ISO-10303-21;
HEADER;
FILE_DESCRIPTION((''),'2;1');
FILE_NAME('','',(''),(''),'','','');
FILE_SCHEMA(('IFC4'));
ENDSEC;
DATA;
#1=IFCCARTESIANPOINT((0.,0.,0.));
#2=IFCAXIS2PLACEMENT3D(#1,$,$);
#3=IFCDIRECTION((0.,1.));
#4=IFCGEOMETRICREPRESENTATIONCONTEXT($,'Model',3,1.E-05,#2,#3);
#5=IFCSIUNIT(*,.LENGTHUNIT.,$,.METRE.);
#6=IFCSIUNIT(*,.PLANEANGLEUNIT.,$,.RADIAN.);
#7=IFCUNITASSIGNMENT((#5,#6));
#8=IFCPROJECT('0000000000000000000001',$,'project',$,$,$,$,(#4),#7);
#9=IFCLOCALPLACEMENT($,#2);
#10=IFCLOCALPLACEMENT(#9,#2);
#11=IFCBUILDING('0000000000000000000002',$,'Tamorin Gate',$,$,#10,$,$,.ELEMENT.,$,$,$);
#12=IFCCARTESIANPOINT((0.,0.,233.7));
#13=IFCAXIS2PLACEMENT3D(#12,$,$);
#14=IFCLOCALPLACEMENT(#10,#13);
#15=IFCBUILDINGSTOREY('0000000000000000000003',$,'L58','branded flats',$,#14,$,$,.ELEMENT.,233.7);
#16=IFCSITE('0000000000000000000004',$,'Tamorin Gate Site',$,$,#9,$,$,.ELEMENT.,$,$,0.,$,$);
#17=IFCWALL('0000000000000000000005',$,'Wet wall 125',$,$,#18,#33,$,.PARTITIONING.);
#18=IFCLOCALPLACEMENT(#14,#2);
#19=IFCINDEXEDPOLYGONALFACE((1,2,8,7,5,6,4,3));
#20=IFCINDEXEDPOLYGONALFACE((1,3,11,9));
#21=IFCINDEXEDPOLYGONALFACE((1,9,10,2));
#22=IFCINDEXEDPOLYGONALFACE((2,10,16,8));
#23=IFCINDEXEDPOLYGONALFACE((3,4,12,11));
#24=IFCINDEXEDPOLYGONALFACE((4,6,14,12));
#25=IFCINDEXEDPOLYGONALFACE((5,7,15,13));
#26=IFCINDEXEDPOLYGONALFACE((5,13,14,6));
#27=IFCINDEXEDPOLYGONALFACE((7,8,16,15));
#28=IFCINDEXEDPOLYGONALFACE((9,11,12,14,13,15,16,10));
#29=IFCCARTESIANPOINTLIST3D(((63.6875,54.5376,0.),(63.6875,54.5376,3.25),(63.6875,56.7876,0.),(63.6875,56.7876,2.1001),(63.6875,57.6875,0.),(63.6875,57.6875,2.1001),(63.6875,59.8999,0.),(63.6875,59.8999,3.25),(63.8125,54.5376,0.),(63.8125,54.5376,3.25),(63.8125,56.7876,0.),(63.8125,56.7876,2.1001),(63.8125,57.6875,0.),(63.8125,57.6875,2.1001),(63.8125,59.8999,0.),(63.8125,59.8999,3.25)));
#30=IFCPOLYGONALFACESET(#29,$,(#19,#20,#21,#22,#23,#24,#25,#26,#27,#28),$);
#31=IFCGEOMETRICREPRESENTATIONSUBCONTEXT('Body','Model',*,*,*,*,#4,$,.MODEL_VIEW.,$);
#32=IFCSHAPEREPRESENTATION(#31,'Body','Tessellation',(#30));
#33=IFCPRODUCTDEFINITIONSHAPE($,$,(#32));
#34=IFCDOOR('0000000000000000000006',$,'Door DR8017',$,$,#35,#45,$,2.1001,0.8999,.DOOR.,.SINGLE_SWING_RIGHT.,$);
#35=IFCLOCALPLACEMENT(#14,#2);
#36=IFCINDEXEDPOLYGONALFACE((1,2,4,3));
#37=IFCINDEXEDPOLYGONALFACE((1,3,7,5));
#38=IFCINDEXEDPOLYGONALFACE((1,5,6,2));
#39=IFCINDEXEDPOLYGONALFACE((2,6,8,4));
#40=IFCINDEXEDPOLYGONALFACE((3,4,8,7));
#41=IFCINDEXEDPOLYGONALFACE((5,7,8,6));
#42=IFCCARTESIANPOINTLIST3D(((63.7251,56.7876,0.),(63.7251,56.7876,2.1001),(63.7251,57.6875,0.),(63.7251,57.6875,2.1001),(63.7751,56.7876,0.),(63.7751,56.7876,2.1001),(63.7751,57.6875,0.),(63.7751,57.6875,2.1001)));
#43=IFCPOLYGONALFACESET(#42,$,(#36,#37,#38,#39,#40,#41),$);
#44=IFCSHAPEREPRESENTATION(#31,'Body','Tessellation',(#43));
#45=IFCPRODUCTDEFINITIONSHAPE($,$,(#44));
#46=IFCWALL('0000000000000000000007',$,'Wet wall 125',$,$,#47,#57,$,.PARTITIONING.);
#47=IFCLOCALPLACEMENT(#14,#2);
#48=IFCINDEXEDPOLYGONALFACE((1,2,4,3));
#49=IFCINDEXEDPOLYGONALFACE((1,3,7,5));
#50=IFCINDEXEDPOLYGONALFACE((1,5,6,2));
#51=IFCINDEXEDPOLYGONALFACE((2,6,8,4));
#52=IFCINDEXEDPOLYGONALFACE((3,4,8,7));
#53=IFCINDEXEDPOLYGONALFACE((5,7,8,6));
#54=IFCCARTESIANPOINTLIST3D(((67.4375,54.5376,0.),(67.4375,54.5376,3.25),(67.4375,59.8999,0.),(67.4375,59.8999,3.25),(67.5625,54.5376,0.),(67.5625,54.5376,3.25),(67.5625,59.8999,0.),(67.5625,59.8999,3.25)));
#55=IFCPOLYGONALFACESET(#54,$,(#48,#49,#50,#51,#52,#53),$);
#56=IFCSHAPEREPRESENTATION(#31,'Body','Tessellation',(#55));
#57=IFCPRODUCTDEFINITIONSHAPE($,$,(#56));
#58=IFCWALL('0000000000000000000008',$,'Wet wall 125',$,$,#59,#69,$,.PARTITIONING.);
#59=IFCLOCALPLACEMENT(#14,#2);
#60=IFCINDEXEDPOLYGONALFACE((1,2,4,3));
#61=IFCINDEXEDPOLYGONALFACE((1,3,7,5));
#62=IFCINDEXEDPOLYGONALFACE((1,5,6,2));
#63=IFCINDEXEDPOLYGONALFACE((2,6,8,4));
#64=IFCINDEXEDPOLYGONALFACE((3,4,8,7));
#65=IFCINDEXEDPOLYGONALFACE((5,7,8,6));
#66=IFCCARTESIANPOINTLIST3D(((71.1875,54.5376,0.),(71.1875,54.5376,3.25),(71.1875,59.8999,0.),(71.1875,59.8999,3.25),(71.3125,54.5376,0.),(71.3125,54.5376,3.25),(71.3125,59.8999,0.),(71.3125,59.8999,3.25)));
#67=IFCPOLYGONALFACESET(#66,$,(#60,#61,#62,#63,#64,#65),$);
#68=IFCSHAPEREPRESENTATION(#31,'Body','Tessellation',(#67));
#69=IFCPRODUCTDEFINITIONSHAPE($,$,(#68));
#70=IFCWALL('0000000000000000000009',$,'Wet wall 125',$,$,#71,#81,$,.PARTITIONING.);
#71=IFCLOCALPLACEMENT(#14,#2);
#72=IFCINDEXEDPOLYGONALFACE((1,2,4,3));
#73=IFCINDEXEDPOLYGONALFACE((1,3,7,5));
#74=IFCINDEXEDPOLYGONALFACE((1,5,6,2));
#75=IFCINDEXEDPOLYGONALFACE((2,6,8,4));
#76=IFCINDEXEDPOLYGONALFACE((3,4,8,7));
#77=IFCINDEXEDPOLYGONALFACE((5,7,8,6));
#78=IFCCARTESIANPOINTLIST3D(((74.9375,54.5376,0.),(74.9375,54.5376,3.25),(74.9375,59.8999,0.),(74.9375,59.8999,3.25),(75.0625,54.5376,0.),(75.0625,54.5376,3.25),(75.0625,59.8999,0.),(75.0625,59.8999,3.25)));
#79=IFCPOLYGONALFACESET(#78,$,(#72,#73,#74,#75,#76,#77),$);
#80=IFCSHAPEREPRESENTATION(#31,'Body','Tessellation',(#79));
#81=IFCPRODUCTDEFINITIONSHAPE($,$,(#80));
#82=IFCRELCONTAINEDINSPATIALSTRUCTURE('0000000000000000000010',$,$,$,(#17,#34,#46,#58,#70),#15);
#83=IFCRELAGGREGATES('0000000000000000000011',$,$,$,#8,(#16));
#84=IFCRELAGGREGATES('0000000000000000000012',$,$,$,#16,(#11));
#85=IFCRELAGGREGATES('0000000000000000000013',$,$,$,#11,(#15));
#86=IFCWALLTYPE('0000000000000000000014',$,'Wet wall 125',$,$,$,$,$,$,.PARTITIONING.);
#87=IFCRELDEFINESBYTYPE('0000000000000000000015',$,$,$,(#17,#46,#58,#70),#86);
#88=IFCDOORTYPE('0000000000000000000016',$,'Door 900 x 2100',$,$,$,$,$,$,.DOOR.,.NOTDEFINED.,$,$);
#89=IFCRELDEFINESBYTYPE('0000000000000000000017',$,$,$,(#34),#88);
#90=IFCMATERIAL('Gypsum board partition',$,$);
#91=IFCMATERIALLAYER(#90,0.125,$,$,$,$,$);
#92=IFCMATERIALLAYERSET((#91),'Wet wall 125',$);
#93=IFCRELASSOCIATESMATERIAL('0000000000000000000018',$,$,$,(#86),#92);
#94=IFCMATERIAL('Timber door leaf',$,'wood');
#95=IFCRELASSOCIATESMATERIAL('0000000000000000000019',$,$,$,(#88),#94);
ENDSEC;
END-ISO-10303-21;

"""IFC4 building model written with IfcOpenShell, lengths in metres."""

from ifc_helpers import new_model, si_unit, direction, frame, frame_2d, origin, place, context, subcontext, project, spatial, rectangle, extrude, material, layer, layer_set, type_object, element, fill, save


model = new_model("IFC4")

# Units and contexts
model_context = context("Model", 3, precision=1e-05, world=origin(), true_north=direction((0.0, 1.0)))
body_context = subcontext(model_context, "Body", "Model", "MODEL_VIEW")
ifc_project = project(units=[si_unit("LENGTHUNIT", "METRE"), si_unit("PLANEANGLEUNIT", "RADIAN")], contexts=[model_context])

# Site, building, storey
site_placement = place(None, origin())
site = spatial("IfcSite", under=ifc_project, at=site_placement, Name="Tamorin Gate Site", CompositionType="ELEMENT", RefElevation=0.0)
building_placement = place(site_placement, origin())
building = spatial("IfcBuilding", under=site, at=building_placement, Name="Tamorin Gate", CompositionType="ELEMENT")
storey_placement = place(building_placement, frame((0.0, 0.0, 233.7)))
storey = spatial("IfcBuildingStorey", under=building, at=storey_placement, Name="L58", Description="branded flats", CompositionType="ELEMENT", Elevation=233.7)

# Shared definitions
ifc_material_1 = material(Name="Gypsum board partition")
ifc_material_2 = material(Name="Timber door leaf", Category="wood")

# Shared definitions
ifc_layer_1 = layer(ifc_material_1, 0.125)
ifc_layer_set_1 = layer_set([ifc_layer_1], Name="Wet wall 125")
wall_type_1 = type_object("IfcWallType", Name="Wet wall 125", PredefinedType="PARTITIONING", material=ifc_layer_set_1)
door_type_1 = type_object("IfcDoorType", Name="Door 900 x 2100", OperationType="NOTDEFINED", PredefinedType="DOOR", material=ifc_material_2)

# Wall, opening, door
wall_1_placement = place(storey_placement, frame((63.75, 54.5376, 0.0), z_axis=(0.0, 0.0, 1.0), x_axis=(0.0, 1.0, 0.0)))
wall_1 = element("IfcWall", 1, at=wall_1_placement, inside=storey, type_object=wall_type_1, Name="Wet wall 125", PredefinedType="PARTITIONING", context=body_context, shape_type="SweptSolid", body=[
    extrude(rectangle(XDim=5.3623, YDim=0.125, at=frame_2d((2.6812, 0.0))), origin(), (0.0, 0.0, 1.0), 3.25),
])
opening_1_placement = place(wall_1_placement, frame((2.25, 0.0, 0.0)))
opening_1 = element("IfcOpeningElement", 2, at=opening_1_placement, cuts=wall_1, PredefinedType="OPENING", context=body_context, shape_type="SweptSolid", body=[
    extrude(rectangle(XDim=0.8999, YDim=2.1001, at=frame_2d((0.45, 1.05))), frame((0.0, 0.0725, 0.0), z_axis=(0.0, -1.0, 0.0), x_axis=(1.0, 0.0, 0.0)), (0.0, 0.0, 1.0), 0.145),
])
door_1_placement = place(opening_1_placement, origin())
door_1 = element("IfcDoor", 3, at=door_1_placement, inside=storey, type_object=door_type_1, Name="Door DR8017", OperationType="SINGLE_SWING_RIGHT", OverallHeight=2.1001, OverallWidth=0.8999, PredefinedType="DOOR", context=body_context, shape_type="SweptSolid", body=[
    extrude(rectangle(XDim=0.8999, YDim=2.1001, at=frame_2d((0.45, 1.05))), frame((0.0, 0.0249, 0.0), z_axis=(0.0, -1.0, 0.0), x_axis=(1.0, 0.0, 0.0)), (0.0, 0.0, 1.0), 0.05),
])
fill(opening_1, door_1)

# Walls
for number, where, z_axis, x_axis, name in (
    (4, (67.5, 54.5376, 0.0), (0.0, 0.0, 1.0), (0.0, 1.0, 0.0), "Wet wall 125"),
    (5, (71.25, 54.5376, 0.0), (0.0, 0.0, 1.0), (0.0, 1.0, 0.0), "Wet wall 125"),
    (6, (75.0, 54.5376, 0.0), (0.0, 0.0, 1.0), (0.0, 1.0, 0.0), "Wet wall 125"),
):
    element("IfcWall", number, at=place(storey_placement, frame(where, z_axis=z_axis, x_axis=x_axis)), inside=storey, type_object=wall_type_1, Name=name, PredefinedType="PARTITIONING", context=body_context, shape_type="SweptSolid", body=[
        extrude(rectangle(XDim=5.3623, YDim=0.125, at=frame_2d((2.6812, 0.0))), origin(), (0.0, 0.0, 1.0), 3.25),
    ])

save(model, "model.ifc")
